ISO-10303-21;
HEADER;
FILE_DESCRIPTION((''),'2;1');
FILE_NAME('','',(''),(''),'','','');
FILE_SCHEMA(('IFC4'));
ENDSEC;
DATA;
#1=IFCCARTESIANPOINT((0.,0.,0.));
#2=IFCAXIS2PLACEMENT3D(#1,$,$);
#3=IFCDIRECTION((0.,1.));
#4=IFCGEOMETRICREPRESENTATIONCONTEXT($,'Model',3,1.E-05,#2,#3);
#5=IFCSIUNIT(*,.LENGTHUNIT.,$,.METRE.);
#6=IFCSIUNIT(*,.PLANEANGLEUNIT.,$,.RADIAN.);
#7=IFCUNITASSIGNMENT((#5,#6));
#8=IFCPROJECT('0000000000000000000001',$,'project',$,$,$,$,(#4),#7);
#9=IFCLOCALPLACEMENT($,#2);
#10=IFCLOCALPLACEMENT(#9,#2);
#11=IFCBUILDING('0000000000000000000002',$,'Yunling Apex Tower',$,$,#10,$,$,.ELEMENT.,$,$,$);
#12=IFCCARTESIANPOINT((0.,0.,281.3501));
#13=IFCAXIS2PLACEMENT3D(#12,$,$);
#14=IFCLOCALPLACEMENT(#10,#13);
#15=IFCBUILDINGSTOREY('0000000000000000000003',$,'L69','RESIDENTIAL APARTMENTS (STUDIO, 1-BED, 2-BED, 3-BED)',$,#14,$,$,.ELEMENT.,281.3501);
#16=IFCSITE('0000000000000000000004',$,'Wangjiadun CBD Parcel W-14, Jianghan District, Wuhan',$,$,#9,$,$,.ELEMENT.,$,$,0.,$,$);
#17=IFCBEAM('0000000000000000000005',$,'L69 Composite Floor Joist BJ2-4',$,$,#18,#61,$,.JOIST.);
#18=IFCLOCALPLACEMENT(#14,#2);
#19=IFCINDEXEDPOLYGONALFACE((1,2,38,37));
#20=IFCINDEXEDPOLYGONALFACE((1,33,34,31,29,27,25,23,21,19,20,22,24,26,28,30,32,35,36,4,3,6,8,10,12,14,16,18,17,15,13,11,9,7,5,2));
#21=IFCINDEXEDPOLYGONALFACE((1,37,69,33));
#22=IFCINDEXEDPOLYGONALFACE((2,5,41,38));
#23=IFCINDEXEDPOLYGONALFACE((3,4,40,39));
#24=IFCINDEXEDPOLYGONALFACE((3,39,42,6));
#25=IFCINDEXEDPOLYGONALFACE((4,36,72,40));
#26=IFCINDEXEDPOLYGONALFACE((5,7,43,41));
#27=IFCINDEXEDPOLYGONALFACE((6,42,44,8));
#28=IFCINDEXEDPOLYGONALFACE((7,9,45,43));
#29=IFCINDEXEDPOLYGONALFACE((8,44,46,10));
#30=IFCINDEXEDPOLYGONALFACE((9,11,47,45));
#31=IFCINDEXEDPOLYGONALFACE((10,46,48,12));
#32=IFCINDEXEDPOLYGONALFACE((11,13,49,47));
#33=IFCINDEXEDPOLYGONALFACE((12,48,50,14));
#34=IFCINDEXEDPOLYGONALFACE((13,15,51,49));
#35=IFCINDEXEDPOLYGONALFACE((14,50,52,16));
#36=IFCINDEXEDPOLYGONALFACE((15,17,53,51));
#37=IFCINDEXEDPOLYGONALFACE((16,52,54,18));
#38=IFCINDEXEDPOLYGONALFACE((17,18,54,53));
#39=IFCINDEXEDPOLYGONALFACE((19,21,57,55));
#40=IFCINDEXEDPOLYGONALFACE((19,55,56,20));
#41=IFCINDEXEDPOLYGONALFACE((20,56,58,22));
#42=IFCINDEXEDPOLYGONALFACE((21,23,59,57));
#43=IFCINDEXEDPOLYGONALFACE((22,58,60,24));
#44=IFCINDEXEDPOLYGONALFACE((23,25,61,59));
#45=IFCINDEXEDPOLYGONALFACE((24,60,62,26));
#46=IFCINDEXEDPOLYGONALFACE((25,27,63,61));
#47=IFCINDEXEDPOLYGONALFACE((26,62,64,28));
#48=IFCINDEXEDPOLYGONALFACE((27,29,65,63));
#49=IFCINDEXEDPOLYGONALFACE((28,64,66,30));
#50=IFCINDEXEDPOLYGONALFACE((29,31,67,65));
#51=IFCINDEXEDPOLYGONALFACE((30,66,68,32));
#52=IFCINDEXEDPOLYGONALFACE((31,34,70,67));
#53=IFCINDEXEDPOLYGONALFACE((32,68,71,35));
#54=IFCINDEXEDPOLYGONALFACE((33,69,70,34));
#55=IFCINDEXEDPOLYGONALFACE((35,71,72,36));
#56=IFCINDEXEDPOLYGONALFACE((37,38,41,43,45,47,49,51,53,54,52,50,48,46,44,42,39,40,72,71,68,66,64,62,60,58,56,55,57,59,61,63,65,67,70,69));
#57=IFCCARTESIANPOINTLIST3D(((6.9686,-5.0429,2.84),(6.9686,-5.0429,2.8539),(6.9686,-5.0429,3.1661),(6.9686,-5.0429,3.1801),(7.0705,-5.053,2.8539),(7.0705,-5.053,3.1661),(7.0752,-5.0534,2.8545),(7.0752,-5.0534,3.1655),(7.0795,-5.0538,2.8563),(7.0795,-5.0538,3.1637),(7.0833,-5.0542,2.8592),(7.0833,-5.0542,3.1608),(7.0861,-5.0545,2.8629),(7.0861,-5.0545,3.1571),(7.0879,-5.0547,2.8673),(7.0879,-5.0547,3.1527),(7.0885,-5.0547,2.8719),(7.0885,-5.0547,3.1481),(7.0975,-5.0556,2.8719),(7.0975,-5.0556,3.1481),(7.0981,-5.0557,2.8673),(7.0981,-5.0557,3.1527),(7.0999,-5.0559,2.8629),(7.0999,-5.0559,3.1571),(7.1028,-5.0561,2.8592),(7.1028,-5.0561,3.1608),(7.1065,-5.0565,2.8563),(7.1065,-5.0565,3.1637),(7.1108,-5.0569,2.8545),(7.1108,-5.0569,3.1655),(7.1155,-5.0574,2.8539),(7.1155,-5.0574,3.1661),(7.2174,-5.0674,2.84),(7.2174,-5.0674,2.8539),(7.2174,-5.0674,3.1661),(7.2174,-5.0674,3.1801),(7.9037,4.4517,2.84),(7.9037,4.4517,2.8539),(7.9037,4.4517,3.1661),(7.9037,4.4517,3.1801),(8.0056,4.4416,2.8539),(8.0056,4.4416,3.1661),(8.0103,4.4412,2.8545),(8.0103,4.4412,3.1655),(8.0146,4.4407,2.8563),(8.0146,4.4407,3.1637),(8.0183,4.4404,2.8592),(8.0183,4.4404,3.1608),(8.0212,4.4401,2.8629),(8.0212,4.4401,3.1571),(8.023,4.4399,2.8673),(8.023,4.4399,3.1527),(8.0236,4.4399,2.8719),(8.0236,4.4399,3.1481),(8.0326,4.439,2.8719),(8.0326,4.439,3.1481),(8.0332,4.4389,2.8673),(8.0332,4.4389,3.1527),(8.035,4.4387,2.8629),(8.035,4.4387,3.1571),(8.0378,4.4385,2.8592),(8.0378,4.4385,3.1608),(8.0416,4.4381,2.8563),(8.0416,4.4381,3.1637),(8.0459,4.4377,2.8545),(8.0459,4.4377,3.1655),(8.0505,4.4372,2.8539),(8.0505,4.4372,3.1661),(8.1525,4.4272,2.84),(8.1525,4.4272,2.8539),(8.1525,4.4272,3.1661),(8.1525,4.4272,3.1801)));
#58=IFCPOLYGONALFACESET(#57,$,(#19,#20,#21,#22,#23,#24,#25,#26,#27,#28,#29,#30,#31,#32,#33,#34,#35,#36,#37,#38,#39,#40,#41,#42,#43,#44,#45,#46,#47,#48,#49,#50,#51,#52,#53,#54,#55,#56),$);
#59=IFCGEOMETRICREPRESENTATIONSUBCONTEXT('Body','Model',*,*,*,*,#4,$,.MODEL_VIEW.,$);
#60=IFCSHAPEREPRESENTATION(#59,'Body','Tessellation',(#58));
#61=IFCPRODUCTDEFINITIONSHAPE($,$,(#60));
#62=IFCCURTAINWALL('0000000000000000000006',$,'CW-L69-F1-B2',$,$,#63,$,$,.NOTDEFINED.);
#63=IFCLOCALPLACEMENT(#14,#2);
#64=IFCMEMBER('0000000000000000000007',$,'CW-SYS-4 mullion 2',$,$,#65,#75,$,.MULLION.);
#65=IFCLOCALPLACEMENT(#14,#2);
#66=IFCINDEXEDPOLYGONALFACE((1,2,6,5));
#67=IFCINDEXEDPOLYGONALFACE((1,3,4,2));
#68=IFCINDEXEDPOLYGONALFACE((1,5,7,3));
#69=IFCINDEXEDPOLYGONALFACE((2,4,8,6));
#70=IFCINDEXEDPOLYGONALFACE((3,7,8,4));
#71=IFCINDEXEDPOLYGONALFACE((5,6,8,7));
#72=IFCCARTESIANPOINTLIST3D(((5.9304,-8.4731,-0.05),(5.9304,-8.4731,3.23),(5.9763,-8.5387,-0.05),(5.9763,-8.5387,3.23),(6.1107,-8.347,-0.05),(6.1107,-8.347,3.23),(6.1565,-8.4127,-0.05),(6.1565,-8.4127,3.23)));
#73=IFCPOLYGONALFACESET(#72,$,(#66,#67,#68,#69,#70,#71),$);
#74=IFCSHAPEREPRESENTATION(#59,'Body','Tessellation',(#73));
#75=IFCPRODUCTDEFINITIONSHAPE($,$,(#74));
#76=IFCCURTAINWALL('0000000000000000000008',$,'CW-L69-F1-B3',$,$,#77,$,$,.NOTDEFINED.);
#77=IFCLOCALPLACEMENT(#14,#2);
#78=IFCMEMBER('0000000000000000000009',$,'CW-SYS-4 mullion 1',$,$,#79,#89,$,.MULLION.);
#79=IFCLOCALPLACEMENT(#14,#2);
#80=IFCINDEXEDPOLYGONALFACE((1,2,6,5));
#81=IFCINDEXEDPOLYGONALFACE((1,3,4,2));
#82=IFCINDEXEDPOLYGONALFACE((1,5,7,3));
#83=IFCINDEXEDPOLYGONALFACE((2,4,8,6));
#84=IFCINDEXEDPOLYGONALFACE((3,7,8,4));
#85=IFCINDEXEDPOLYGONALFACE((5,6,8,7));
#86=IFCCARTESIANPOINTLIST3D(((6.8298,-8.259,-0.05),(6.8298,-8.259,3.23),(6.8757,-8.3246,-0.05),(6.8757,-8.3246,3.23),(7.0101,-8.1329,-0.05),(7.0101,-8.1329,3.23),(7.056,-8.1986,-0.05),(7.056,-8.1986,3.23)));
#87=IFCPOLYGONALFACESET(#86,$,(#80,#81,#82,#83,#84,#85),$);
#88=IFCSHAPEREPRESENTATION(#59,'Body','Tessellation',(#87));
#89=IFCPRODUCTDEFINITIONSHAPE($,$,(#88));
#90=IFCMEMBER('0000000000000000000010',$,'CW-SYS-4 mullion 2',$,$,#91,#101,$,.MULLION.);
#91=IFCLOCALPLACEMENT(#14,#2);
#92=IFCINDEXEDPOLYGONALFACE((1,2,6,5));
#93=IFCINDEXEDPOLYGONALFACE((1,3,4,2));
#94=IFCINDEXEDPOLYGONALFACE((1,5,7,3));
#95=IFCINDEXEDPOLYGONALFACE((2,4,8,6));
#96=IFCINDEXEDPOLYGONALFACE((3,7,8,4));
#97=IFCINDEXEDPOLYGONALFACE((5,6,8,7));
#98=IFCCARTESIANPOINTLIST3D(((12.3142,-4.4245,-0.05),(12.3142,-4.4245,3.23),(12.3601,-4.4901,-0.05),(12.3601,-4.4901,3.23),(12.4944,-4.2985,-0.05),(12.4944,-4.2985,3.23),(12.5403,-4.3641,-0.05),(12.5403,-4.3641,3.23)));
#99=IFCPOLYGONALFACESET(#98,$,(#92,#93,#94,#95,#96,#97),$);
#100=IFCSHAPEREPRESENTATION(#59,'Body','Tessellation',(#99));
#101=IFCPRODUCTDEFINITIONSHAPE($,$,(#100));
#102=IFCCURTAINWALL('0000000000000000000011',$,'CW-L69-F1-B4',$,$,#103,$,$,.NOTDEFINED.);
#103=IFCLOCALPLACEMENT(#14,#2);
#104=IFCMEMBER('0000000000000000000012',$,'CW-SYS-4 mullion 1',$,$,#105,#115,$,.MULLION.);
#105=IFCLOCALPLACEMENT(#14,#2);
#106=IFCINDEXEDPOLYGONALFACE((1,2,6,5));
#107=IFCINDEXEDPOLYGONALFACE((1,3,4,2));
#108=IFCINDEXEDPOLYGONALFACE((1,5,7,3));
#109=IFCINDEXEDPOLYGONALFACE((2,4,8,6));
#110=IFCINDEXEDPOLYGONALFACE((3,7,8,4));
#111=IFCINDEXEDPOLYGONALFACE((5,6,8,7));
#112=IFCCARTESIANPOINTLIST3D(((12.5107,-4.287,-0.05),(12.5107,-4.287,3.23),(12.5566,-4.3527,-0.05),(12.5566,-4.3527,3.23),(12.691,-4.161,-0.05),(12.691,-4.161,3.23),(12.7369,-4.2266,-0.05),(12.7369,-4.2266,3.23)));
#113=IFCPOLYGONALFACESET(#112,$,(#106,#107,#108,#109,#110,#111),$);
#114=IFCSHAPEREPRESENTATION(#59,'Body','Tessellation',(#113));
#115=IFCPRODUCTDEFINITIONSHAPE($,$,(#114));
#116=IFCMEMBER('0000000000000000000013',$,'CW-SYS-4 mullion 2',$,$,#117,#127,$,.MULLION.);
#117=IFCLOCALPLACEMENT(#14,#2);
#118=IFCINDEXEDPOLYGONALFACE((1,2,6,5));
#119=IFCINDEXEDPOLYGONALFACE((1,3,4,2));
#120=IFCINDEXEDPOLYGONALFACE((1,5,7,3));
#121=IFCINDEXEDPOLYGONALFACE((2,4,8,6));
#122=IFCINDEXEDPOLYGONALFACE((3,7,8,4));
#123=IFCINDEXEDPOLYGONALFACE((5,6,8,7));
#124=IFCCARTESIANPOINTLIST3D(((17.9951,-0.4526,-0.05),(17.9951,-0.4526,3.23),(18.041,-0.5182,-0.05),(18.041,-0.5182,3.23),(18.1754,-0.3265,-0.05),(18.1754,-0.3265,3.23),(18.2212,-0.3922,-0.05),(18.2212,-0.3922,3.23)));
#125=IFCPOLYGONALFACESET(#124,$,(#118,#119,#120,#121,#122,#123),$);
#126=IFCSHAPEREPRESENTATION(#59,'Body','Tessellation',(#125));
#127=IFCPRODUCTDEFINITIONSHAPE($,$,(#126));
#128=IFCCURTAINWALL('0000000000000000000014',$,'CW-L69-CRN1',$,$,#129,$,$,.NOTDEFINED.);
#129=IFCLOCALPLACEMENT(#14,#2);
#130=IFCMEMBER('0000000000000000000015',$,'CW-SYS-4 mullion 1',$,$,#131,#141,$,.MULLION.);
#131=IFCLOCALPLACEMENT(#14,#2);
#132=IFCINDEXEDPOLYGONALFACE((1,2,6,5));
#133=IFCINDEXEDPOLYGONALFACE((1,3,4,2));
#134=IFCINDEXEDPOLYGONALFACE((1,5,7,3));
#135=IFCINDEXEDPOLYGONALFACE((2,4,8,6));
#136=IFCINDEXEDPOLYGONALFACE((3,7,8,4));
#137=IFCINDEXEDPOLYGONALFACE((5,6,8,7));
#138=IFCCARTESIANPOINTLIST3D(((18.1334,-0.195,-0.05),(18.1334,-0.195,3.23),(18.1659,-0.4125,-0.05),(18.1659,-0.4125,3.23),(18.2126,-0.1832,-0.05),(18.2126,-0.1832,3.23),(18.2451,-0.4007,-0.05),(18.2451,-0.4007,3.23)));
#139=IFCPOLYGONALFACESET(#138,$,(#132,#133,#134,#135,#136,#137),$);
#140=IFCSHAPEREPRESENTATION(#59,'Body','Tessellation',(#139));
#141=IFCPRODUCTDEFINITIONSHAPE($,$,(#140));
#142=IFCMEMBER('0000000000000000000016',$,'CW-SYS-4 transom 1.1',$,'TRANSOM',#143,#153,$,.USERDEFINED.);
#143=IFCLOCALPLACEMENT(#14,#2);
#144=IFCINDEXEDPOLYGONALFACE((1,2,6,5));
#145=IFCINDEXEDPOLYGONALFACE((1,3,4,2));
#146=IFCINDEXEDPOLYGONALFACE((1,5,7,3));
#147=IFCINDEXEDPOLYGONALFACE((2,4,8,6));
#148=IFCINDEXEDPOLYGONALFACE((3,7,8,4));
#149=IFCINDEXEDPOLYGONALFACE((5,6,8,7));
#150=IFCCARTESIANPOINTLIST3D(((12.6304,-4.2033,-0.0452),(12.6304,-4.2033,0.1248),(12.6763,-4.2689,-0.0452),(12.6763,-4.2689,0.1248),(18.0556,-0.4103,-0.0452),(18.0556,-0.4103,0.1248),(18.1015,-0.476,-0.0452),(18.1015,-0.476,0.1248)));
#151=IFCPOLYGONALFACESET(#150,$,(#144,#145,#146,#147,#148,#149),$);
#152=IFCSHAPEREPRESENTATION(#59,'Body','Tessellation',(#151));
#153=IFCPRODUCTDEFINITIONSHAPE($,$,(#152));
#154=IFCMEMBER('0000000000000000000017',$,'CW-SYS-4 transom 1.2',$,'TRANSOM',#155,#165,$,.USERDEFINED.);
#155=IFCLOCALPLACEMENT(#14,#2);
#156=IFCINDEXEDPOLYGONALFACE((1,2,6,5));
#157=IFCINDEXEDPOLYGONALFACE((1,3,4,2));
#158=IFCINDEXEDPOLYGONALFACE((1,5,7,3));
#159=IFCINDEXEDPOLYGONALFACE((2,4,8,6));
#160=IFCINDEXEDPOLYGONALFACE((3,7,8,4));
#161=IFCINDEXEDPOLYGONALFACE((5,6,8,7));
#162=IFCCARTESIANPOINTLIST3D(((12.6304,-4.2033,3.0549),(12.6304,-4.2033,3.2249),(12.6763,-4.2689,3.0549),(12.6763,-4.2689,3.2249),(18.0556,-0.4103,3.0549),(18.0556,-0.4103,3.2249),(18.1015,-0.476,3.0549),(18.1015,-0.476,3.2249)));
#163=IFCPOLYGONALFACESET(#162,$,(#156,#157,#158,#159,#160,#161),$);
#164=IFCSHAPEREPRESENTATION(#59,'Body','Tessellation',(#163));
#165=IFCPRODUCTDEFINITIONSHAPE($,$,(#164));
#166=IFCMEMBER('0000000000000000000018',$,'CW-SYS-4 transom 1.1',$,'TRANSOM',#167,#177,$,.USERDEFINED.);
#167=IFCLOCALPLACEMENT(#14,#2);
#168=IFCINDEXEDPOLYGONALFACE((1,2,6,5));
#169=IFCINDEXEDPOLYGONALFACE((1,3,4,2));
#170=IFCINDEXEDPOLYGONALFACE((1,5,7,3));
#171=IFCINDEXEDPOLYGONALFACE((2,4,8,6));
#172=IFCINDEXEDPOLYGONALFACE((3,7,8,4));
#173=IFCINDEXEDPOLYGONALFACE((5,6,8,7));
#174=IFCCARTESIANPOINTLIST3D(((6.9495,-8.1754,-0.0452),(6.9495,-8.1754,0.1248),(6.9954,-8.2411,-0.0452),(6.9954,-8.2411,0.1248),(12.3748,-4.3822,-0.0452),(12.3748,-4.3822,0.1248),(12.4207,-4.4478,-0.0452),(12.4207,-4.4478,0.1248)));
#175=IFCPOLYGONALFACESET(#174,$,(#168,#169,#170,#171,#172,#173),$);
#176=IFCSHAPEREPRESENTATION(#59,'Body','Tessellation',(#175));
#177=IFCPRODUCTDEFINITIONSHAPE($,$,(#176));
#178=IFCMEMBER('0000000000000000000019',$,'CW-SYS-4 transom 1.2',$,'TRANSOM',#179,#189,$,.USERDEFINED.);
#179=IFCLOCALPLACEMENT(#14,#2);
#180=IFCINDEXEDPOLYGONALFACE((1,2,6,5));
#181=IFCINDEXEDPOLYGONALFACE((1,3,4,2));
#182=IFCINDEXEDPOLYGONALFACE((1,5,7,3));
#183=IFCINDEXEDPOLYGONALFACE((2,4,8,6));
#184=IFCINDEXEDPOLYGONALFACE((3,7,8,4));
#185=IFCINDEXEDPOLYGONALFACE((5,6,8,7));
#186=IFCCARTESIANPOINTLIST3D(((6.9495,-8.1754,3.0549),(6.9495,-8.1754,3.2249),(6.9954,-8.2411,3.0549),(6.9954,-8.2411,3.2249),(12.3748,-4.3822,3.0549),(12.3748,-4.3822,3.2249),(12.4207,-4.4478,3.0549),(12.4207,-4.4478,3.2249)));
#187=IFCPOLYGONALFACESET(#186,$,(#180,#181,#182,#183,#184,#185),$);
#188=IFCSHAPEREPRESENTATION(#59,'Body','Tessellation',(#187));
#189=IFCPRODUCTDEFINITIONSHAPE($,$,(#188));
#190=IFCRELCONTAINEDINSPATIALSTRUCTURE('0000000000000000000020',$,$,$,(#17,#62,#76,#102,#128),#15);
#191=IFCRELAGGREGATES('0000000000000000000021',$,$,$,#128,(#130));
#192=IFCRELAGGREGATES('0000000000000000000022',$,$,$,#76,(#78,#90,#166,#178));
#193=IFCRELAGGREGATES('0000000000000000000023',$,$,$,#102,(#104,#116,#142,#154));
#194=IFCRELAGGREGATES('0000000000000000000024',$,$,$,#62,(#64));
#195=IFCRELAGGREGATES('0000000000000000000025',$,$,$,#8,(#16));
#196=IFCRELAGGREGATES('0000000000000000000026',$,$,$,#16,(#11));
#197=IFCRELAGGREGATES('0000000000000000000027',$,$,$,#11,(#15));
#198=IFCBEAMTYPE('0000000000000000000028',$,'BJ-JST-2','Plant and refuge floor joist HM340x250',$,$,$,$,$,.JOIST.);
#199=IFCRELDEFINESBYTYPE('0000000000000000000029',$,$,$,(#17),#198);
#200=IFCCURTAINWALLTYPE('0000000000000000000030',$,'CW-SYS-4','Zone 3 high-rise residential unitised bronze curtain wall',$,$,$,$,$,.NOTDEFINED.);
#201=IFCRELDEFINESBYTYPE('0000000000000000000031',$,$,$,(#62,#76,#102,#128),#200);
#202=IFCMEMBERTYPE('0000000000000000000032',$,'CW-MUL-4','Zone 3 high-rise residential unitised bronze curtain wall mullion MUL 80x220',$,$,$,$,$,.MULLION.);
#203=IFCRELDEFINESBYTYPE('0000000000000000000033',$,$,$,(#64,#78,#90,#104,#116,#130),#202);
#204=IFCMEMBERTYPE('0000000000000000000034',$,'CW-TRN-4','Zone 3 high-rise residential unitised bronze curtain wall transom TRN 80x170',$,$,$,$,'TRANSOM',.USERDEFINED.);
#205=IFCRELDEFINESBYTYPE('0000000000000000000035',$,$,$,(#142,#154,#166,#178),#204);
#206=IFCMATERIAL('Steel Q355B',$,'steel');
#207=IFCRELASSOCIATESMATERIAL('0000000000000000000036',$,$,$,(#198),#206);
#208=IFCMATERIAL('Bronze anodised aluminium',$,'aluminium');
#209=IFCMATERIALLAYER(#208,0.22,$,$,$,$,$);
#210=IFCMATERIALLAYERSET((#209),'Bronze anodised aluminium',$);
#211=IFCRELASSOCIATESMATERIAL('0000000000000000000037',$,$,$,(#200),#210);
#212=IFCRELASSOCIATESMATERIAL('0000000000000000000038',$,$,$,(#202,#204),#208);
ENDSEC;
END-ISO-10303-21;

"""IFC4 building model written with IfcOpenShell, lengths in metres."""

from ifc_helpers import new_model, si_unit, direction, frame, origin, origin_2d, place, context, subcontext, project, spatial, rectangle, i_section, extrude, source, transform, mapped, material, layer, layer_set, material_profile, profile_set, type_object, element, aggregate, save


model = new_model("IFC4")

# Units and contexts
model_context = context("Model", 3, precision=1e-05, world=origin(), true_north=direction((0.0, 1.0)))
body_context = subcontext(model_context, "Body", "Model", "MODEL_VIEW")
ifc_project = project(units=[si_unit("LENGTHUNIT", "METRE"), si_unit("PLANEANGLEUNIT", "RADIAN")], contexts=[model_context])

# Site, building, storey
site_placement = place(None, origin())
site = spatial("IfcSite", under=ifc_project, at=site_placement, Name="Wangjiadun CBD Parcel W-14, Jianghan District, Wuhan", CompositionType="ELEMENT", RefElevation=0.0)
building_placement = place(site_placement, origin())
building = spatial("IfcBuilding", under=site, at=building_placement, Name="Yunling Apex Tower", CompositionType="ELEMENT")
storey_placement = place(building_placement, frame((0.0, 0.0, 281.3501)))
storey = spatial("IfcBuildingStorey", under=building, at=storey_placement, Name="L69", Description="RESIDENTIAL APARTMENTS (STUDIO, 1-BED, 2-BED, 3-BED)", CompositionType="ELEMENT", Elevation=281.3501)

# Shared definitions
ifc_material_1 = material(Name="Steel Q355B", Category="steel")

# Beam
ifc_material_profile_1 = material_profile(ifc_material_1, i_section(OverallWidth=0.25, OverallDepth=0.3401, WebThickness=0.009, FlangeThickness=0.0139, FilletRadius=0.0181, at=origin_2d()))
ifc_profile_set_1 = profile_set([ifc_material_profile_1], Name="Steel Q355B")
beam_type_1 = type_object("IfcBeamType", Name="BJ-JST-2", Description="Plant and refuge floor joist HM340x250", PredefinedType="JOIST", material=ifc_profile_set_1)
shared_shape_1 = source(origin(), body_context, "Body", "SweptSolid", [
    extrude(i_section(OverallWidth=0.25, OverallDepth=0.3401, WebThickness=0.009, FlangeThickness=0.0139, FilletRadius=0.0181, at=origin_2d()), origin(), (0.0, 0.0, 1.0), 9.5405),
])
beam_1_placement = place(storey_placement, frame((7.093, -5.0552, 3.01), z_axis=(0.098009, 0.995186, 0.0), x_axis=(-0.995186, 0.098009, 0.0)))
element("IfcBeam", 1, at=beam_1_placement, inside=storey, type_object=beam_type_1, Name="L69 Composite Floor Joist BJ2-4", PredefinedType="JOIST", context=body_context, shape_type="MappedRepresentation", body=[
    mapped(shared_shape_1, transform((0.0, 0.0, 0.0), scale=1.0)),
])

# Curtain wall, member
ifc_material_2 = material(Name="Bronze anodised aluminium", Category="aluminium")
ifc_layer_1 = layer(ifc_material_2, 0.22)
ifc_layer_set_1 = layer_set([ifc_layer_1], Name="Bronze anodised aluminium")
curtain_wall_type = type_object("IfcCurtainWallType", Name="CW-SYS-4", Description="Zone 3 high-rise residential unitised bronze curtain wall", PredefinedType="NOTDEFINED", material=ifc_layer_set_1)
curtain_wall_1_placement = place(storey_placement, origin())
curtain_wall_1 = element("IfcCurtainWall", 2, at=curtain_wall_1_placement, inside=storey, type_object=curtain_wall_type, Name="CW-L69-F1-B2", PredefinedType="NOTDEFINED")
ifc_material_profile_2 = material_profile(ifc_material_2, rectangle(XDim=0.0801, YDim=0.22, at=origin_2d()))
ifc_profile_set_2 = profile_set([ifc_material_profile_2], Name="Bronze anodised aluminium")
member_type_1 = type_object("IfcMemberType", Name="CW-MUL-4", Description="Zone 3 high-rise residential unitised bronze curtain wall mullion MUL 80x220", PredefinedType="MULLION", material=ifc_profile_set_2)
shared_shape_2 = source(origin(), body_context, "Body", "SweptSolid", [
    extrude(rectangle(XDim=0.0801, YDim=0.22, at=origin_2d()), origin(), (0.0, 0.0, 1.0), 3.28),
])
member_1_placement = place(storey_placement, frame((6.0435, -8.4429, -0.05), z_axis=(0.0, 0.0, 1.0), x_axis=(-0.572999, 0.819556, 0.0)))
member_1 = element("IfcMember", 3, at=member_1_placement, type_object=member_type_1, Name="CW-SYS-4 mullion 2", PredefinedType="MULLION", context=body_context, shape_type="MappedRepresentation", body=[
    mapped(shared_shape_2, transform((0.0, 0.0, 0.0), scale=1.0)),
])

# Curtain walls, members
curtain_wall_2_placement = place(storey_placement, origin())
curtain_wall_2 = element("IfcCurtainWall", 4, at=curtain_wall_2_placement, inside=storey, type_object=curtain_wall_type, Name="CW-L69-F1-B3", PredefinedType="NOTDEFINED")
member_2_placement = place(storey_placement, frame((6.9429, -8.2288, -0.05), z_axis=(0.0, 0.0, 1.0), x_axis=(-0.57301, 0.819548, 0.0)))
member_2 = element("IfcMember", 5, at=member_2_placement, type_object=member_type_1, Name="CW-SYS-4 mullion 1", PredefinedType="MULLION", context=body_context, shape_type="MappedRepresentation", body=[
    mapped(shared_shape_2, transform((0.0, 0.0, 0.0), scale=1.0)),
])
member_3_placement = place(storey_placement, frame((12.4272, -4.3943, -0.05), z_axis=(0.0, 0.0, 1.0), x_axis=(-0.57301, 0.819548, 0.0)))
member_3 = element("IfcMember", 6, at=member_3_placement, type_object=member_type_1, Name="CW-SYS-4 mullion 2", PredefinedType="MULLION", context=body_context, shape_type="MappedRepresentation", body=[
    mapped(shared_shape_2, transform((0.0, 0.0, 0.0), scale=1.0)),
])
curtain_wall_3_placement = place(storey_placement, origin())
curtain_wall_3 = element("IfcCurtainWall", 7, at=curtain_wall_3_placement, inside=storey, type_object=curtain_wall_type, Name="CW-L69-F1-B4", PredefinedType="NOTDEFINED")
member_4_placement = place(storey_placement, frame((12.6238, -4.2568, -0.05), z_axis=(0.0, 0.0, 1.0), x_axis=(-0.573, 0.819555, 0.0)))
member_4 = element("IfcMember", 8, at=member_4_placement, type_object=member_type_1, Name="CW-SYS-4 mullion 1", PredefinedType="MULLION", context=body_context, shape_type="MappedRepresentation", body=[
    mapped(shared_shape_2, transform((0.0, 0.0, 0.0), scale=1.0)),
])
member_5_placement = place(storey_placement, frame((18.1082, -0.4224, -0.05), z_axis=(0.0, 0.0, 1.0), x_axis=(-0.573, 0.819555, 0.0)))
member_5 = element("IfcMember", 9, at=member_5_placement, type_object=member_type_1, Name="CW-SYS-4 mullion 2", PredefinedType="MULLION", context=body_context, shape_type="MappedRepresentation", body=[
    mapped(shared_shape_2, transform((0.0, 0.0, 0.0), scale=1.0)),
])

# Curtain wall, member
curtain_wall_4_placement = place(storey_placement, origin())
curtain_wall_4 = element("IfcCurtainWall", 10, at=curtain_wall_4_placement, inside=storey, type_object=curtain_wall_type, Name="CW-L69-CRN1", PredefinedType="NOTDEFINED")
member_6_placement = place(storey_placement, frame((18.1892, -0.2979, -0.05), z_axis=(0.0, 0.0, 1.0), x_axis=(-0.989017, -0.147803, 0.0)))
member_6 = element("IfcMember", 11, at=member_6_placement, type_object=member_type_1, Name="CW-SYS-4 mullion 1", PredefinedType="MULLION", context=body_context, shape_type="MappedRepresentation", body=[
    mapped(shared_shape_2, transform((0.0, 0.0, 0.0), scale=1.0)),
])

# Members
ifc_material_profile_3 = material_profile(ifc_material_2, rectangle(XDim=0.0801, YDim=0.1699, at=origin_2d()))
ifc_profile_set_3 = profile_set([ifc_material_profile_3], Name="Bronze anodised aluminium")
member_type_2 = type_object("IfcMemberType", Name="CW-TRN-4", Description="Zone 3 high-rise residential unitised bronze curtain wall transom TRN 80x170", ElementType="TRANSOM", PredefinedType="USERDEFINED", material=ifc_profile_set_3)
shared_shape_3 = source(origin(), body_context, "Body", "SweptSolid", [
    extrude(rectangle(XDim=0.0801, YDim=0.1699, at=origin_2d()), origin(), (0.0, 0.0, 1.0), 6.6196),
])
member_7_placement = place(storey_placement, frame((12.6533, -4.2361, 0.0398), z_axis=(0.819568, 0.572982, 0.0), x_axis=(-0.572982, 0.819568, 0.0)))
member_7 = element("IfcMember", 12, at=member_7_placement, type_object=member_type_2, Name="CW-SYS-4 transom 1.1", ObjectType="TRANSOM", PredefinedType="USERDEFINED", context=body_context, shape_type="MappedRepresentation", body=[
    mapped(shared_shape_3, transform((0.0, 0.0, 0.0), scale=1.0)),
])
member_8_placement = place(storey_placement, frame((12.6533, -4.2361, 3.1399), z_axis=(0.819568, 0.572982, 0.0), x_axis=(-0.572982, 0.819568, 0.0)))
member_8 = element("IfcMember", 13, at=member_8_placement, type_object=member_type_2, Name="CW-SYS-4 transom 1.2", ObjectType="TRANSOM", PredefinedType="USERDEFINED", context=body_context, shape_type="MappedRepresentation", body=[
    mapped(shared_shape_3, transform((0.0, 0.0, 0.0), scale=1.0)),
])
shared_shape_4 = source(origin(), body_context, "Body", "SweptSolid", [
    extrude(rectangle(XDim=0.0801, YDim=0.1699, at=origin_2d()), origin(), (0.0, 0.0, 1.0), 6.6199),
])
member_9_placement = place(storey_placement, frame((6.9724, -8.2083, 0.0398), z_axis=(0.819551, 0.573007, 0.0), x_axis=(-0.573007, 0.819551, 0.0)))
member_9 = element("IfcMember", 14, at=member_9_placement, type_object=member_type_2, Name="CW-SYS-4 transom 1.1", ObjectType="TRANSOM", PredefinedType="USERDEFINED", context=body_context, shape_type="MappedRepresentation", body=[
    mapped(shared_shape_4, transform((0.0, 0.0, 0.0), scale=1.0)),
])
member_10_placement = place(storey_placement, frame((6.9724, -8.2083, 3.1399), z_axis=(0.819551, 0.573007, 0.0), x_axis=(-0.573007, 0.819551, 0.0)))
member_10 = element("IfcMember", 15, at=member_10_placement, type_object=member_type_2, Name="CW-SYS-4 transom 1.2", ObjectType="TRANSOM", PredefinedType="USERDEFINED", context=body_context, shape_type="MappedRepresentation", body=[
    mapped(shared_shape_4, transform((0.0, 0.0, 0.0), scale=1.0)),
])
aggregate(curtain_wall_4, [member_6])

aggregate(curtain_wall_2, [member_2, member_3, member_9, member_10])
aggregate(curtain_wall_3, [member_4, member_5, member_7, member_8])
aggregate(curtain_wall_1, [member_1])

save(model, "model.ifc")
